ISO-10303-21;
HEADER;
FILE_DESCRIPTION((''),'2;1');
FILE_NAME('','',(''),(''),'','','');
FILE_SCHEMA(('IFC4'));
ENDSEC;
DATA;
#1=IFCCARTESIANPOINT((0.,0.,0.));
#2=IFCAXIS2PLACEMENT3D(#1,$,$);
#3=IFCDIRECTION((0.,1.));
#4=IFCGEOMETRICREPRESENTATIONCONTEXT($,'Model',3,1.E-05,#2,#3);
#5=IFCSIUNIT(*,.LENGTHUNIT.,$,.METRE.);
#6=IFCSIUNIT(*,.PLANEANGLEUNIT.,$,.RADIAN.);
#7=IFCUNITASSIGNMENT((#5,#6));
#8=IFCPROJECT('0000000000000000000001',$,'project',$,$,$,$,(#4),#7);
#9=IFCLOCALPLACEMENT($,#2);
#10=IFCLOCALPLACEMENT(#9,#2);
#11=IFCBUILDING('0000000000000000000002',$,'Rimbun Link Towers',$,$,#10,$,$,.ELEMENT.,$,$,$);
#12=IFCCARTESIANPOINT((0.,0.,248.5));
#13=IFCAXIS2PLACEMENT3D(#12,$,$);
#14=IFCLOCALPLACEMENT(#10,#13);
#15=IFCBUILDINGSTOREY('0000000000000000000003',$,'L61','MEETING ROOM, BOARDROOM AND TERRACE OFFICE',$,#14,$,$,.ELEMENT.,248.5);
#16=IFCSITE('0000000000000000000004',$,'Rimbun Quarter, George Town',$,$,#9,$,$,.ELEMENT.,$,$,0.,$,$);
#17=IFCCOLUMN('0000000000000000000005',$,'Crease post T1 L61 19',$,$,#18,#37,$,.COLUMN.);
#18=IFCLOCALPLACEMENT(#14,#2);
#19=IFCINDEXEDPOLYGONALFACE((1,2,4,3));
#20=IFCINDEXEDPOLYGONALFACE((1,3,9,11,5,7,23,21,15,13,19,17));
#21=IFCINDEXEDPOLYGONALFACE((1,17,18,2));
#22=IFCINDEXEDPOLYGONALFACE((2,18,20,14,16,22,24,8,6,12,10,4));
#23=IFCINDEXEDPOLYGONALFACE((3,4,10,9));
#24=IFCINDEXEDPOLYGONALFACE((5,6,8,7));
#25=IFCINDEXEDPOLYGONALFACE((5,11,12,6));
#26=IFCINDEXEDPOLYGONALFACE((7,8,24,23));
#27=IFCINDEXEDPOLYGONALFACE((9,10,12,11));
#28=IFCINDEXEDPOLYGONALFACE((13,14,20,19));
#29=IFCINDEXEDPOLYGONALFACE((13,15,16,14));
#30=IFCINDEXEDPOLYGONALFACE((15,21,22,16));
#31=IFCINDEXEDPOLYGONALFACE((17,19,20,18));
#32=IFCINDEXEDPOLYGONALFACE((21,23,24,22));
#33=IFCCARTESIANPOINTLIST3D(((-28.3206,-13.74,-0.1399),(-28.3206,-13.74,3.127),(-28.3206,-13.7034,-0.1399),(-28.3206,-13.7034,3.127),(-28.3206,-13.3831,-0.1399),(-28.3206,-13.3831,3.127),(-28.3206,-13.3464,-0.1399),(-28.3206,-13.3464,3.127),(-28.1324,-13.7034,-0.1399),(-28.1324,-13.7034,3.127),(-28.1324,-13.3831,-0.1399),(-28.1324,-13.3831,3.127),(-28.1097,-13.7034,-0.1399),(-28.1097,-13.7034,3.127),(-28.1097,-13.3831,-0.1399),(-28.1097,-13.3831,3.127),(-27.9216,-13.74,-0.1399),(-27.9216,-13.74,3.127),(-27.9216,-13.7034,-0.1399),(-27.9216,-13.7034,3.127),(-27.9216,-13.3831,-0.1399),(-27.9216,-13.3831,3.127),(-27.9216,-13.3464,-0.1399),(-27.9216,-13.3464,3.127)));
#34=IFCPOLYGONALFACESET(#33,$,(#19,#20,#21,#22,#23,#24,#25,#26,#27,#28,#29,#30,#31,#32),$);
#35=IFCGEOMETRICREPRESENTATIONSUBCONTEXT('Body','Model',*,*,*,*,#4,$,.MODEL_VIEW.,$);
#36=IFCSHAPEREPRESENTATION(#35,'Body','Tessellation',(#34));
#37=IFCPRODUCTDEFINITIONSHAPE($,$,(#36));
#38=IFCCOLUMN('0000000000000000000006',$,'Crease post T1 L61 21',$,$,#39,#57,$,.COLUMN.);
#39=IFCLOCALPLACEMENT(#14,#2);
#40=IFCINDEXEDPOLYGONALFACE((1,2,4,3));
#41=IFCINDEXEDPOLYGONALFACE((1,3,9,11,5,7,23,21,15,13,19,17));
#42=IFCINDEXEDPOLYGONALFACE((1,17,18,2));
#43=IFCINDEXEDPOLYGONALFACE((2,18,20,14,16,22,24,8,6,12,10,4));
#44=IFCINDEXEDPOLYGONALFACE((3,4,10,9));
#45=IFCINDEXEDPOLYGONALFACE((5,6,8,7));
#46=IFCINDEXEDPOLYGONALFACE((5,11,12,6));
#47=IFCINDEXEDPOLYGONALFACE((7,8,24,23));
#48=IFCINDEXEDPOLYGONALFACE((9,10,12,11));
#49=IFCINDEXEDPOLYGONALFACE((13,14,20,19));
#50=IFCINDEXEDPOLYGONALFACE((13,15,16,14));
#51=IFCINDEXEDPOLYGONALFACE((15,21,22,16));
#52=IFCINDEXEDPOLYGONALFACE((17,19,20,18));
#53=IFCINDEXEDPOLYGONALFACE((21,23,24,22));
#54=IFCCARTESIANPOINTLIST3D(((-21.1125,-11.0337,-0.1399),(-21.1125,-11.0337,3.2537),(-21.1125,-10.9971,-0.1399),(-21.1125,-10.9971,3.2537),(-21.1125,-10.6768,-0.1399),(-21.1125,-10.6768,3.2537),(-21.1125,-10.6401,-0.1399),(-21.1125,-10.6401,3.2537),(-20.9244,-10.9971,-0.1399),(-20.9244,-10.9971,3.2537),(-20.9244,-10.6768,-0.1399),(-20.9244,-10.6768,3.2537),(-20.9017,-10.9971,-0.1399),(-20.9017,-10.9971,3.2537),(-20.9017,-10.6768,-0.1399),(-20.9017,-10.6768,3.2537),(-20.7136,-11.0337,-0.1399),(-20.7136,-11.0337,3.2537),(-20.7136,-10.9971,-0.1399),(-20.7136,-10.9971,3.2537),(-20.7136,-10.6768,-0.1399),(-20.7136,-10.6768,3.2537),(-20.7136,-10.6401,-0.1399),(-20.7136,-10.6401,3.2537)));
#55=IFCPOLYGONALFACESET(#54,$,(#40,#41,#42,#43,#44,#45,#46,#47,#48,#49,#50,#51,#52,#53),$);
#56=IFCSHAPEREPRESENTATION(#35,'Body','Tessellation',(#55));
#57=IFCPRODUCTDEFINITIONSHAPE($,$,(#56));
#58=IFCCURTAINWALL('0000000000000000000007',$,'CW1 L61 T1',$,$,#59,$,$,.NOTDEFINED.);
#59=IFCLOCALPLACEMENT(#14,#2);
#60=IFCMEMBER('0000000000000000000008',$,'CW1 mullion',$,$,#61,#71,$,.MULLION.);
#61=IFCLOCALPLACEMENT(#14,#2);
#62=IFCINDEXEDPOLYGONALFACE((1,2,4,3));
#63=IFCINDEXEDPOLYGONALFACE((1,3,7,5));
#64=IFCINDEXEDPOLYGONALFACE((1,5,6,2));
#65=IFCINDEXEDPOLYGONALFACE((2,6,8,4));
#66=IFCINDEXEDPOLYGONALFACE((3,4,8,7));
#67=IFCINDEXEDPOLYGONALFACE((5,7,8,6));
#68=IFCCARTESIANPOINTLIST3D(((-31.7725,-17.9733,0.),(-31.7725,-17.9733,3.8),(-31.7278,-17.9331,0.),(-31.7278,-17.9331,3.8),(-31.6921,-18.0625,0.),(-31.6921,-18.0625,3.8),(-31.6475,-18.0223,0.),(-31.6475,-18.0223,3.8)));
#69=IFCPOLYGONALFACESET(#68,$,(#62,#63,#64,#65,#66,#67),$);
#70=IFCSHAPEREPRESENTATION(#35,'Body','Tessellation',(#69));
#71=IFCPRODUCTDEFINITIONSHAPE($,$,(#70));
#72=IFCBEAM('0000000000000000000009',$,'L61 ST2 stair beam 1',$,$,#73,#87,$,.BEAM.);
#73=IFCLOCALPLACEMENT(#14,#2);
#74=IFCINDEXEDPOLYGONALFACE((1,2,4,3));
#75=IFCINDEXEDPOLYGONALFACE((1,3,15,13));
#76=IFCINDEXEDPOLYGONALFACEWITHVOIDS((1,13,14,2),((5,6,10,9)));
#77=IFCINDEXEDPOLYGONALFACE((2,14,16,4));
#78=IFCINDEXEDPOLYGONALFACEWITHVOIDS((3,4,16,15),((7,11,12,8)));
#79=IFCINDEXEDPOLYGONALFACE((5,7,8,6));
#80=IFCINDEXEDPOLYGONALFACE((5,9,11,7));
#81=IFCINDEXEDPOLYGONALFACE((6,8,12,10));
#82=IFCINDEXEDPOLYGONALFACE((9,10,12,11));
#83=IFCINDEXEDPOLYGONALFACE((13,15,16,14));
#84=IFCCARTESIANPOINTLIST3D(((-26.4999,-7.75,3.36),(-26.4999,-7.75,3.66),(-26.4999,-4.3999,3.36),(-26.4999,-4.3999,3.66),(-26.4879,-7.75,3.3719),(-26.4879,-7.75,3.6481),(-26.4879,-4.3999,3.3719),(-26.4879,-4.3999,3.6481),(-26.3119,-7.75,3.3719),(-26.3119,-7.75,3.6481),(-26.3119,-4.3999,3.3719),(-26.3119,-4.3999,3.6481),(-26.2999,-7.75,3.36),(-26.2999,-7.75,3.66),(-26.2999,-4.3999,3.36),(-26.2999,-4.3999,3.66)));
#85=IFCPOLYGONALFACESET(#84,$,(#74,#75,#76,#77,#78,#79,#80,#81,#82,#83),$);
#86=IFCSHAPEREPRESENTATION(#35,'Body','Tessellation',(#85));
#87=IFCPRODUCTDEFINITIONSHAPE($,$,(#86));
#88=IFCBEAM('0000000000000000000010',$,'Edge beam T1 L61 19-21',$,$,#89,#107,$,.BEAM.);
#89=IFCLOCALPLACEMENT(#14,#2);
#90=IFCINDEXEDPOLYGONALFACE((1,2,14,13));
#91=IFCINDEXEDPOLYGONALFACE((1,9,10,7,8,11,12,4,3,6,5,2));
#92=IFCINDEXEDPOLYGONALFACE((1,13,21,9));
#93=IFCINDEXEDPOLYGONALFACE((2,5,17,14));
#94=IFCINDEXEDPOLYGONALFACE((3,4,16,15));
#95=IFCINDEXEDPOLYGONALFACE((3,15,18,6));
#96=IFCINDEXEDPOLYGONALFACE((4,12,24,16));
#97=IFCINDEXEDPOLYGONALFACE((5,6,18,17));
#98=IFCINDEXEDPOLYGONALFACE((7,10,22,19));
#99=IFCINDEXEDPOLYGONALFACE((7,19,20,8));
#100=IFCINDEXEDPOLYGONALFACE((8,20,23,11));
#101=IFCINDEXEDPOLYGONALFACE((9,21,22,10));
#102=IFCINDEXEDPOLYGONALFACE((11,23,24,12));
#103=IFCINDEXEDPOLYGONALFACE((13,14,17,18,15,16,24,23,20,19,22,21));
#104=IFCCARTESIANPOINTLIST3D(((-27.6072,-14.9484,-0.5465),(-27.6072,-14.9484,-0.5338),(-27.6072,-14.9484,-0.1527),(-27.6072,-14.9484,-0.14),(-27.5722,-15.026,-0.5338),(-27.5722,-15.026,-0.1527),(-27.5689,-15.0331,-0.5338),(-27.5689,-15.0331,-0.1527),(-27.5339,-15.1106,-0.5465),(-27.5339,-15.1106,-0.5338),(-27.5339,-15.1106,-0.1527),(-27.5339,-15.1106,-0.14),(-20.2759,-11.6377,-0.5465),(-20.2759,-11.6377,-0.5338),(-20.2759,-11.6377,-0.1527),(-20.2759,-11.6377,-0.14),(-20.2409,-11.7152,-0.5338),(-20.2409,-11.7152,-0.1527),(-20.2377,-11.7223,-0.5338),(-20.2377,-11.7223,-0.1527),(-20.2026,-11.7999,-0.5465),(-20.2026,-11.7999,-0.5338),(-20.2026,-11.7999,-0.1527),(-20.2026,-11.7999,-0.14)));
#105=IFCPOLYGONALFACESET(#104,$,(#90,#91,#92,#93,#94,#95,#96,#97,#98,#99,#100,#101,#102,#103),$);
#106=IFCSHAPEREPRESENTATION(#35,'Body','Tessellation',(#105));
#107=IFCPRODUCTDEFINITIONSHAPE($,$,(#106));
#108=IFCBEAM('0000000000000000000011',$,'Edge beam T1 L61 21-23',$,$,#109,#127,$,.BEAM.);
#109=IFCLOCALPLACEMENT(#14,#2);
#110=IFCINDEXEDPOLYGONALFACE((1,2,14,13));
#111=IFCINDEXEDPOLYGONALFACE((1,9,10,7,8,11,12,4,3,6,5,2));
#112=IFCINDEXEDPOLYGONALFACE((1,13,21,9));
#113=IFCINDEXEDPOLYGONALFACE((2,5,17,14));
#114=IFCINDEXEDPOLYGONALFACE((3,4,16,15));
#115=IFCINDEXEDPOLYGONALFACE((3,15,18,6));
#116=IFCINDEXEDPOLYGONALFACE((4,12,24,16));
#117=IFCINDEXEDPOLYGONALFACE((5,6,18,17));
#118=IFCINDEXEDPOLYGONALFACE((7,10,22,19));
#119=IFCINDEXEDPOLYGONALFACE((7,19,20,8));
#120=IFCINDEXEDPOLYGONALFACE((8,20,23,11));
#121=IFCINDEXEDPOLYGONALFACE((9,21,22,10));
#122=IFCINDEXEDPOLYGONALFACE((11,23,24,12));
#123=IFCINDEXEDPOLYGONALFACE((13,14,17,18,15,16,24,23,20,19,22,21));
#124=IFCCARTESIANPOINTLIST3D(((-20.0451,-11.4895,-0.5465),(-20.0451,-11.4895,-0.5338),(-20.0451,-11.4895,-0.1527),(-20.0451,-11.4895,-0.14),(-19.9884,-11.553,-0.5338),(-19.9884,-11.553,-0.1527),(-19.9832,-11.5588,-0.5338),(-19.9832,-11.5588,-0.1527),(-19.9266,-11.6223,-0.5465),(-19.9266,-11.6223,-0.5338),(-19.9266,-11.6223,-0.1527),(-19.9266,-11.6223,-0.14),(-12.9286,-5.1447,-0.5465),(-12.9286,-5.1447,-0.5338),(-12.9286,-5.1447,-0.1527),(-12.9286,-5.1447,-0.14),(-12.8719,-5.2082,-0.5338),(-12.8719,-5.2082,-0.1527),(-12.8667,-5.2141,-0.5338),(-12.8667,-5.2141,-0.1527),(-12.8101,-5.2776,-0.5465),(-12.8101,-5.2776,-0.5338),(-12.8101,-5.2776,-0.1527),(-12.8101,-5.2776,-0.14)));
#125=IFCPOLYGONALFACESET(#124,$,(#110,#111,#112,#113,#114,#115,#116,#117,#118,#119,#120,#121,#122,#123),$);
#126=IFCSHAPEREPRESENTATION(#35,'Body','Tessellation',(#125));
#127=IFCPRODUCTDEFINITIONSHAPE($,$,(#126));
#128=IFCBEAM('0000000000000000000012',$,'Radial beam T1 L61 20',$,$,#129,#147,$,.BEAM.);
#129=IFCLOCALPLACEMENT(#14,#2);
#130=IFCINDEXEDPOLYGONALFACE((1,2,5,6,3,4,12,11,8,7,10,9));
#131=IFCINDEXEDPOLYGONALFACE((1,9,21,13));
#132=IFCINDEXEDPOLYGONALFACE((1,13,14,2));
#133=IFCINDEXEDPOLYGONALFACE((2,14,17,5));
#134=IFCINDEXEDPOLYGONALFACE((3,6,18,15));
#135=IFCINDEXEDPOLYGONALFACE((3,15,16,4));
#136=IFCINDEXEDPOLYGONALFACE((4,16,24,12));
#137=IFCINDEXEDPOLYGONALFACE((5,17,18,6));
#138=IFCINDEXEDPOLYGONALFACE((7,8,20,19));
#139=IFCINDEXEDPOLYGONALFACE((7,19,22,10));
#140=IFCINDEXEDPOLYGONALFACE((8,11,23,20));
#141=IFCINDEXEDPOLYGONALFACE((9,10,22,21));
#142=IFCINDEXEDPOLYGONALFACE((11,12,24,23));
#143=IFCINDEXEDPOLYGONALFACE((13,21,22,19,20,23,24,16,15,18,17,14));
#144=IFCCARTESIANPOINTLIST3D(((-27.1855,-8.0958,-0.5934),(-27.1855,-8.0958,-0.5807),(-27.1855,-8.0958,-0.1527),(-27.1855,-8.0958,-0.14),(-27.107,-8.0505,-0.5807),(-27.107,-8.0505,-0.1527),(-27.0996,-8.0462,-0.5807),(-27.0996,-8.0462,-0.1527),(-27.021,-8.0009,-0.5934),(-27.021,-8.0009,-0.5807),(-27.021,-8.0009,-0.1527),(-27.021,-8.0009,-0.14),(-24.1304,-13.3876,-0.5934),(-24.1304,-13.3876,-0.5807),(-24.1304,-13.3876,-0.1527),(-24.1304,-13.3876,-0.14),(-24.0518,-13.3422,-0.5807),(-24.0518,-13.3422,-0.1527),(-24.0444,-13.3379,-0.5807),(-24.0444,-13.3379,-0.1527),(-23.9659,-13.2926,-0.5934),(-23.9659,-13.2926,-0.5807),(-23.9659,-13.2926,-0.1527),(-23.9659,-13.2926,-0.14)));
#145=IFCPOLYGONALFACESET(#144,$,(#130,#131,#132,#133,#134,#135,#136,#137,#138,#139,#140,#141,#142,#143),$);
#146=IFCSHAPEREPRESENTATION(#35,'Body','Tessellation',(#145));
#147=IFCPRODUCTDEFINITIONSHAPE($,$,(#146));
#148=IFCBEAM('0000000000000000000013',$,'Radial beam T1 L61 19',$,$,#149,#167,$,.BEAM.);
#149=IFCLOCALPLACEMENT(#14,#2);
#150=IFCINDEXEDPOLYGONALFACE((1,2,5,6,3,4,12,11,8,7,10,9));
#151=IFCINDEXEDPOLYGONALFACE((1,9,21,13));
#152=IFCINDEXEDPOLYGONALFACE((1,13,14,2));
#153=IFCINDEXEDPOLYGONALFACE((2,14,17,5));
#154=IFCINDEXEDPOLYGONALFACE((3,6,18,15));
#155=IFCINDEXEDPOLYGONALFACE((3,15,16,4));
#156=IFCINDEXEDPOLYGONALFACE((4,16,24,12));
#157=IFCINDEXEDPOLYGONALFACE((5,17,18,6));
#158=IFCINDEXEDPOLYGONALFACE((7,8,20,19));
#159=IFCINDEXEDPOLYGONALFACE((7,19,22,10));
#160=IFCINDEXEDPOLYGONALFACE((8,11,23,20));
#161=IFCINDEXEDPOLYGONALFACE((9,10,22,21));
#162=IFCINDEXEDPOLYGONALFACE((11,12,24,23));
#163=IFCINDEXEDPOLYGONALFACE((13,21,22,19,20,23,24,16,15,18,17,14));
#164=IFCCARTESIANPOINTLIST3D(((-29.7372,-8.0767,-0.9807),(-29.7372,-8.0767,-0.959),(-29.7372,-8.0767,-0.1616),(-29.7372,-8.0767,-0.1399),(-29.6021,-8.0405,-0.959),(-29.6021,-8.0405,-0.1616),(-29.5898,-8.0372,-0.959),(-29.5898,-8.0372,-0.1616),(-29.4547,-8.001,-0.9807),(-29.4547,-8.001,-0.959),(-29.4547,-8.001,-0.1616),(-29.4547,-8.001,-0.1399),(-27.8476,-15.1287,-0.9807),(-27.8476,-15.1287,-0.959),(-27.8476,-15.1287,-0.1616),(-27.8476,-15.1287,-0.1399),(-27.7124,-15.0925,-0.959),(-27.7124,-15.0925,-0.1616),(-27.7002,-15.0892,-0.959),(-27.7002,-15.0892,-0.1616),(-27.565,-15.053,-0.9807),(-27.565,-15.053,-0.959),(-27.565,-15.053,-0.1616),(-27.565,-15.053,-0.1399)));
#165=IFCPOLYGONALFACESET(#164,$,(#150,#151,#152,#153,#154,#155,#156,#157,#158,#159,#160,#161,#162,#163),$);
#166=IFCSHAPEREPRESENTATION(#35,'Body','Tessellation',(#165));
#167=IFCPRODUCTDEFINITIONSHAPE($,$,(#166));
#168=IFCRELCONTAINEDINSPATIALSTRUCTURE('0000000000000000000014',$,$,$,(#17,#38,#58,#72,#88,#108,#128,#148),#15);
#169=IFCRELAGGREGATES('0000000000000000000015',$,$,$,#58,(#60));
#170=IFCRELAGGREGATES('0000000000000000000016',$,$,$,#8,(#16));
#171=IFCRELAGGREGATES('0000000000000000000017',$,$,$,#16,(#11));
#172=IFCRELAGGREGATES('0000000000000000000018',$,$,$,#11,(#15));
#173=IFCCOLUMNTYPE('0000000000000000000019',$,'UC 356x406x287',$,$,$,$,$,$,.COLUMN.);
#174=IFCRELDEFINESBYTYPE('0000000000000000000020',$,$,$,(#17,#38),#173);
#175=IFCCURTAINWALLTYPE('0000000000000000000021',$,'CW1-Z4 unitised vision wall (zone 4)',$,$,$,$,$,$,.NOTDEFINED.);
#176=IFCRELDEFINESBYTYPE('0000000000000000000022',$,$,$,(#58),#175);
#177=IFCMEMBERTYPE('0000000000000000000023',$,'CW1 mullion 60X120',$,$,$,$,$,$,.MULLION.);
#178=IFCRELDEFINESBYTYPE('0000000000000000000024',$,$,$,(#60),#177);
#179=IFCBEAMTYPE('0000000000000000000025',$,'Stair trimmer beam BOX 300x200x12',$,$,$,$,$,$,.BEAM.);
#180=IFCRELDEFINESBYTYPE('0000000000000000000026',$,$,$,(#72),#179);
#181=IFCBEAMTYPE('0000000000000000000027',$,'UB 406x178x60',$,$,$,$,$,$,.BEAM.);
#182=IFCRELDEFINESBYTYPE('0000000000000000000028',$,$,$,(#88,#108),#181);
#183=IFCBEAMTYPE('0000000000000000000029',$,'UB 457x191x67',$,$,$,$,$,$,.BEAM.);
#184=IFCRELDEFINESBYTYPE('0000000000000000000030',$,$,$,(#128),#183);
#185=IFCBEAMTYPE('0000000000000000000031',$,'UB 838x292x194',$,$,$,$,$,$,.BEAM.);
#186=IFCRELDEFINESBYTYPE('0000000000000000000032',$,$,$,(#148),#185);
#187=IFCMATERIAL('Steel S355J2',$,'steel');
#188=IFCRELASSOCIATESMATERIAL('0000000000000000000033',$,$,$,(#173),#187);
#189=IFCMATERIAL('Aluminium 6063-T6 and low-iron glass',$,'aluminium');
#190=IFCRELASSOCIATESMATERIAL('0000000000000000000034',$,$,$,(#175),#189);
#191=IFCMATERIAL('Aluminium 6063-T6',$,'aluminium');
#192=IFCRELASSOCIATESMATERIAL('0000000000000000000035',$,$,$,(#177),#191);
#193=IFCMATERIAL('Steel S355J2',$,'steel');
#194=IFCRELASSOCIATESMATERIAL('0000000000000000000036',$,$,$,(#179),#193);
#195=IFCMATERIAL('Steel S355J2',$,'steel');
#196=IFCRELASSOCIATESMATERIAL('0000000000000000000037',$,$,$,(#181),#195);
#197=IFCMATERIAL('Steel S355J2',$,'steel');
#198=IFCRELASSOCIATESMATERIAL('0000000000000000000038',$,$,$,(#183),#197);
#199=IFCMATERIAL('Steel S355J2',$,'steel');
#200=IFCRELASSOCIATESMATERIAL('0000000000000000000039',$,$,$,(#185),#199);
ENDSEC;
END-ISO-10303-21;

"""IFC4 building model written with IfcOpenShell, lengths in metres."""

from ifc_helpers import new_model, si_unit, direction, frame, origin, origin_2d, place, context, subcontext, project, spatial, rectangle, hollow_rectangle, i_section, extrude, material, material_profile, profile_set, type_object, element, aggregate, save


model = new_model("IFC4")

# Units and contexts
model_context = context("Model", 3, precision=1e-05, world=origin(), true_north=direction((0.0, 1.0)))
body_context = subcontext(model_context, "Body", "Model", "MODEL_VIEW")
ifc_project = project(units=[si_unit("LENGTHUNIT", "METRE"), si_unit("PLANEANGLEUNIT", "RADIAN")], contexts=[model_context])

# Site, building, storey
site_placement = place(None, origin())
site = spatial("IfcSite", under=ifc_project, at=site_placement, Name="Rimbun Quarter, George Town", CompositionType="ELEMENT", RefElevation=0.0)
building_placement = place(site_placement, origin())
building = spatial("IfcBuilding", under=site, at=building_placement, Name="Rimbun Link Towers", CompositionType="ELEMENT")
storey_placement = place(building_placement, frame((0.0, 0.0, 248.5)))
storey = spatial("IfcBuildingStorey", under=building, at=storey_placement, Name="L61", Description="MEETING ROOM, BOARDROOM AND TERRACE OFFICE", CompositionType="ELEMENT", Elevation=248.5)

# Columns
ifc_material_1 = material(Name="Steel S355J2", Category="steel")
ifc_material_profile_1 = material_profile(ifc_material_1, i_section(OverallWidth=0.3989, OverallDepth=0.3936, WebThickness=0.0227, FlangeThickness=0.0366, at=origin_2d()), Name="UC 356x406x287")
ifc_profile_set_1 = profile_set([ifc_material_profile_1], Name="Steel S355J2")
column_type = type_object("IfcColumnType", Name="UC 356x406x287", PredefinedType="COLUMN", material=ifc_profile_set_1)
column_1_placement = place(storey_placement, frame((-28.1211, -13.5432, -0.1399), z_axis=(0.0, 0.0, 1.0), x_axis=(1.0, 0.0, 0.0)))
element("IfcColumn", 1, at=column_1_placement, inside=storey, type_object=column_type, Name="Crease post T1 L61 19", PredefinedType="COLUMN", context=body_context, shape_type="SweptSolid", body=[
    extrude(i_section(OverallWidth=0.3989, OverallDepth=0.3936, WebThickness=0.0227, FlangeThickness=0.0366, at=origin_2d()), origin(), (0.0, 0.0, 1.0), 3.2668),
])
column_2_placement = place(storey_placement, frame((-20.9131, -10.8369, -0.1399), z_axis=(0.0, 0.0, 1.0), x_axis=(1.0, 0.0, 0.0)))
element("IfcColumn", 2, at=column_2_placement, inside=storey, type_object=column_type, Name="Crease post T1 L61 21", PredefinedType="COLUMN", context=body_context, shape_type="SweptSolid", body=[
    extrude(i_section(OverallWidth=0.3989, OverallDepth=0.3936, WebThickness=0.0227, FlangeThickness=0.0366, at=origin_2d()), origin(), (0.0, 0.0, 1.0), 3.3936),
])

# Curtain wall, member
ifc_material_2 = material(Name="Aluminium 6063-T6 and low-iron glass", Category="aluminium")
curtain_wall_type = type_object("IfcCurtainWallType", Name="CW1-Z4 unitised vision wall (zone 4)", PredefinedType="NOTDEFINED", material=ifc_material_2)
curtain_wall_placement = place(storey_placement, origin())
curtain_wall = element("IfcCurtainWall", 3, at=curtain_wall_placement, inside=storey, type_object=curtain_wall_type, Name="CW1 L61 T1", PredefinedType="NOTDEFINED")
ifc_material_3 = material(Name="Aluminium 6063-T6", Category="aluminium")
ifc_material_profile_2 = material_profile(ifc_material_3, rectangle(XDim=0.1201, YDim=0.0601, at=origin_2d()), Name="MULLION 60X120")
ifc_profile_set_2 = profile_set([ifc_material_profile_2], Name="Aluminium 6063-T6")
member_type = type_object("IfcMemberType", Name="CW1 mullion 60X120", PredefinedType="MULLION", material=ifc_profile_set_2)
member_placement = place(storey_placement, frame((-31.71, -17.9978, 0.0), z_axis=(0.0, 0.0, 1.0), x_axis=(0.669054, -0.743213, 0.0)))
member = element("IfcMember", 4, at=member_placement, type_object=member_type, Name="CW1 mullion", PredefinedType="MULLION", context=body_context, shape_type="SweptSolid", body=[
    extrude(rectangle(XDim=0.1201, YDim=0.0601, at=origin_2d()), origin(), (0.0, 0.0, 1.0), 3.8),
])
aggregate(curtain_wall, [member])

# Beams
ifc_material_4 = material(Name="Steel S355J2", Category="steel")
ifc_material_profile_3 = material_profile(ifc_material_4, hollow_rectangle(XDim=0.2, YDim=0.3, WallThickness=0.012, at=origin_2d()), Name="BOX 300x200x12")
ifc_profile_set_3 = profile_set([ifc_material_profile_3], Name="Steel S355J2")
beam_type_1 = type_object("IfcBeamType", Name="Stair trimmer beam BOX 300x200x12", PredefinedType="BEAM", material=ifc_profile_set_3)
beam_1_placement = place(storey_placement, frame((-26.3999, -7.75, 3.51), z_axis=(0.0, 1.0, 0.0), x_axis=(-1.0, 0.0, 0.0)))
element("IfcBeam", 5, at=beam_1_placement, inside=storey, type_object=beam_type_1, Name="L61 ST2 stair beam 1", PredefinedType="BEAM", context=body_context, shape_type="SweptSolid", body=[
    extrude(hollow_rectangle(XDim=0.2, YDim=0.3, WallThickness=0.012, at=origin_2d()), origin(), (0.0, 0.0, 1.0), 3.3501),
])
ifc_material_5 = material(Name="Steel S355J2", Category="steel")
ifc_material_profile_4 = material_profile(ifc_material_5, i_section(OverallWidth=0.178, OverallDepth=0.4065, WebThickness=0.0078, FlangeThickness=0.0127, at=origin_2d()), Name="UB 406x178x60")
ifc_profile_set_4 = profile_set([ifc_material_profile_4], Name="Steel S355J2")
beam_type_2 = type_object("IfcBeamType", Name="UB 406x178x60", PredefinedType="BEAM", material=ifc_profile_set_4)
beam_2_placement = place(storey_placement, frame((-27.5706, -15.0295, -0.3433), z_axis=(0.911376, 0.411575, 0.0), x_axis=(-0.411575, 0.911376, 0.0)))
element("IfcBeam", 6, at=beam_2_placement, inside=storey, type_object=beam_type_2, Name="Edge beam T1 L61 19-21", PredefinedType="BEAM", context=body_context, shape_type="SweptSolid", body=[
    extrude(i_section(OverallWidth=0.178, OverallDepth=0.4065, WebThickness=0.0078, FlangeThickness=0.0127, at=origin_2d()), origin(), (0.0, 0.0, 1.0), 8.0442),
])
beam_3_placement = place(storey_placement, frame((-19.9858, -11.5559, -0.3433), z_axis=(0.74642, 0.665476, 0.0), x_axis=(-0.665476, 0.74642, 0.0)))
element("IfcBeam", 7, at=beam_3_placement, inside=storey, type_object=beam_type_2, Name="Edge beam T1 L61 21-23", PredefinedType="BEAM", context=body_context, shape_type="SweptSolid", body=[
    extrude(i_section(OverallWidth=0.178, OverallDepth=0.4065, WebThickness=0.0078, FlangeThickness=0.0127, at=origin_2d()), origin(), (0.0, 0.0, 1.0), 9.5342),
])
ifc_material_6 = material(Name="Steel S355J2", Category="steel")
ifc_material_profile_5 = material_profile(ifc_material_6, i_section(OverallWidth=0.1899, OverallDepth=0.4534, WebThickness=0.0085, FlangeThickness=0.0127, at=origin_2d()), Name="UB 457x191x67")
ifc_profile_set_5 = profile_set([ifc_material_profile_5], Name="Steel S355J2")
beam_type_3 = type_object("IfcBeamType", Name="UB 457x191x67", PredefinedType="BEAM", material=ifc_profile_set_5)
beam_4_placement = place(storey_placement, frame((-27.1033, -8.0483, -0.3667), z_axis=(0.499998, -0.866027, 0.0), x_axis=(0.866027, 0.499998, 0.0)))
element("IfcBeam", 8, at=beam_4_placement, inside=storey, type_object=beam_type_3, Name="Radial beam T1 L61 20", PredefinedType="BEAM", context=body_context, shape_type="SweptSolid", body=[
    extrude(i_section(OverallWidth=0.1899, OverallDepth=0.4534, WebThickness=0.0085, FlangeThickness=0.0127, at=origin_2d()), origin(), (0.0, 0.0, 1.0), 6.1104),
])
ifc_material_7 = material(Name="Steel S355J2", Category="steel")
ifc_material_profile_6 = material_profile(ifc_material_7, i_section(OverallWidth=0.2925, OverallDepth=0.8408, WebThickness=0.0127, FlangeThickness=0.0217, at=origin_2d()), Name="UB 838x292x194")
ifc_profile_set_6 = profile_set([ifc_material_profile_6], Name="Steel S355J2")
beam_type_4 = type_object("IfcBeamType", Name="UB 838x292x194", PredefinedType="BEAM", material=ifc_profile_set_6)
beam_5_placement = place(storey_placement, frame((-29.5959, -8.0388, -0.5603), z_axis=(0.258828, -0.965923, 0.0), x_axis=(0.965923, 0.258828, 0.0)))
element("IfcBeam", 9, at=beam_5_placement, inside=storey, type_object=beam_type_4, Name="Radial beam T1 L61 19", PredefinedType="BEAM", context=body_context, shape_type="SweptSolid", body=[
    extrude(i_section(OverallWidth=0.2925, OverallDepth=0.8408, WebThickness=0.0127, FlangeThickness=0.0217, at=origin_2d()), origin(), (0.0, 0.0, 1.0), 7.3008),
])

save(model, "model.ifc")
